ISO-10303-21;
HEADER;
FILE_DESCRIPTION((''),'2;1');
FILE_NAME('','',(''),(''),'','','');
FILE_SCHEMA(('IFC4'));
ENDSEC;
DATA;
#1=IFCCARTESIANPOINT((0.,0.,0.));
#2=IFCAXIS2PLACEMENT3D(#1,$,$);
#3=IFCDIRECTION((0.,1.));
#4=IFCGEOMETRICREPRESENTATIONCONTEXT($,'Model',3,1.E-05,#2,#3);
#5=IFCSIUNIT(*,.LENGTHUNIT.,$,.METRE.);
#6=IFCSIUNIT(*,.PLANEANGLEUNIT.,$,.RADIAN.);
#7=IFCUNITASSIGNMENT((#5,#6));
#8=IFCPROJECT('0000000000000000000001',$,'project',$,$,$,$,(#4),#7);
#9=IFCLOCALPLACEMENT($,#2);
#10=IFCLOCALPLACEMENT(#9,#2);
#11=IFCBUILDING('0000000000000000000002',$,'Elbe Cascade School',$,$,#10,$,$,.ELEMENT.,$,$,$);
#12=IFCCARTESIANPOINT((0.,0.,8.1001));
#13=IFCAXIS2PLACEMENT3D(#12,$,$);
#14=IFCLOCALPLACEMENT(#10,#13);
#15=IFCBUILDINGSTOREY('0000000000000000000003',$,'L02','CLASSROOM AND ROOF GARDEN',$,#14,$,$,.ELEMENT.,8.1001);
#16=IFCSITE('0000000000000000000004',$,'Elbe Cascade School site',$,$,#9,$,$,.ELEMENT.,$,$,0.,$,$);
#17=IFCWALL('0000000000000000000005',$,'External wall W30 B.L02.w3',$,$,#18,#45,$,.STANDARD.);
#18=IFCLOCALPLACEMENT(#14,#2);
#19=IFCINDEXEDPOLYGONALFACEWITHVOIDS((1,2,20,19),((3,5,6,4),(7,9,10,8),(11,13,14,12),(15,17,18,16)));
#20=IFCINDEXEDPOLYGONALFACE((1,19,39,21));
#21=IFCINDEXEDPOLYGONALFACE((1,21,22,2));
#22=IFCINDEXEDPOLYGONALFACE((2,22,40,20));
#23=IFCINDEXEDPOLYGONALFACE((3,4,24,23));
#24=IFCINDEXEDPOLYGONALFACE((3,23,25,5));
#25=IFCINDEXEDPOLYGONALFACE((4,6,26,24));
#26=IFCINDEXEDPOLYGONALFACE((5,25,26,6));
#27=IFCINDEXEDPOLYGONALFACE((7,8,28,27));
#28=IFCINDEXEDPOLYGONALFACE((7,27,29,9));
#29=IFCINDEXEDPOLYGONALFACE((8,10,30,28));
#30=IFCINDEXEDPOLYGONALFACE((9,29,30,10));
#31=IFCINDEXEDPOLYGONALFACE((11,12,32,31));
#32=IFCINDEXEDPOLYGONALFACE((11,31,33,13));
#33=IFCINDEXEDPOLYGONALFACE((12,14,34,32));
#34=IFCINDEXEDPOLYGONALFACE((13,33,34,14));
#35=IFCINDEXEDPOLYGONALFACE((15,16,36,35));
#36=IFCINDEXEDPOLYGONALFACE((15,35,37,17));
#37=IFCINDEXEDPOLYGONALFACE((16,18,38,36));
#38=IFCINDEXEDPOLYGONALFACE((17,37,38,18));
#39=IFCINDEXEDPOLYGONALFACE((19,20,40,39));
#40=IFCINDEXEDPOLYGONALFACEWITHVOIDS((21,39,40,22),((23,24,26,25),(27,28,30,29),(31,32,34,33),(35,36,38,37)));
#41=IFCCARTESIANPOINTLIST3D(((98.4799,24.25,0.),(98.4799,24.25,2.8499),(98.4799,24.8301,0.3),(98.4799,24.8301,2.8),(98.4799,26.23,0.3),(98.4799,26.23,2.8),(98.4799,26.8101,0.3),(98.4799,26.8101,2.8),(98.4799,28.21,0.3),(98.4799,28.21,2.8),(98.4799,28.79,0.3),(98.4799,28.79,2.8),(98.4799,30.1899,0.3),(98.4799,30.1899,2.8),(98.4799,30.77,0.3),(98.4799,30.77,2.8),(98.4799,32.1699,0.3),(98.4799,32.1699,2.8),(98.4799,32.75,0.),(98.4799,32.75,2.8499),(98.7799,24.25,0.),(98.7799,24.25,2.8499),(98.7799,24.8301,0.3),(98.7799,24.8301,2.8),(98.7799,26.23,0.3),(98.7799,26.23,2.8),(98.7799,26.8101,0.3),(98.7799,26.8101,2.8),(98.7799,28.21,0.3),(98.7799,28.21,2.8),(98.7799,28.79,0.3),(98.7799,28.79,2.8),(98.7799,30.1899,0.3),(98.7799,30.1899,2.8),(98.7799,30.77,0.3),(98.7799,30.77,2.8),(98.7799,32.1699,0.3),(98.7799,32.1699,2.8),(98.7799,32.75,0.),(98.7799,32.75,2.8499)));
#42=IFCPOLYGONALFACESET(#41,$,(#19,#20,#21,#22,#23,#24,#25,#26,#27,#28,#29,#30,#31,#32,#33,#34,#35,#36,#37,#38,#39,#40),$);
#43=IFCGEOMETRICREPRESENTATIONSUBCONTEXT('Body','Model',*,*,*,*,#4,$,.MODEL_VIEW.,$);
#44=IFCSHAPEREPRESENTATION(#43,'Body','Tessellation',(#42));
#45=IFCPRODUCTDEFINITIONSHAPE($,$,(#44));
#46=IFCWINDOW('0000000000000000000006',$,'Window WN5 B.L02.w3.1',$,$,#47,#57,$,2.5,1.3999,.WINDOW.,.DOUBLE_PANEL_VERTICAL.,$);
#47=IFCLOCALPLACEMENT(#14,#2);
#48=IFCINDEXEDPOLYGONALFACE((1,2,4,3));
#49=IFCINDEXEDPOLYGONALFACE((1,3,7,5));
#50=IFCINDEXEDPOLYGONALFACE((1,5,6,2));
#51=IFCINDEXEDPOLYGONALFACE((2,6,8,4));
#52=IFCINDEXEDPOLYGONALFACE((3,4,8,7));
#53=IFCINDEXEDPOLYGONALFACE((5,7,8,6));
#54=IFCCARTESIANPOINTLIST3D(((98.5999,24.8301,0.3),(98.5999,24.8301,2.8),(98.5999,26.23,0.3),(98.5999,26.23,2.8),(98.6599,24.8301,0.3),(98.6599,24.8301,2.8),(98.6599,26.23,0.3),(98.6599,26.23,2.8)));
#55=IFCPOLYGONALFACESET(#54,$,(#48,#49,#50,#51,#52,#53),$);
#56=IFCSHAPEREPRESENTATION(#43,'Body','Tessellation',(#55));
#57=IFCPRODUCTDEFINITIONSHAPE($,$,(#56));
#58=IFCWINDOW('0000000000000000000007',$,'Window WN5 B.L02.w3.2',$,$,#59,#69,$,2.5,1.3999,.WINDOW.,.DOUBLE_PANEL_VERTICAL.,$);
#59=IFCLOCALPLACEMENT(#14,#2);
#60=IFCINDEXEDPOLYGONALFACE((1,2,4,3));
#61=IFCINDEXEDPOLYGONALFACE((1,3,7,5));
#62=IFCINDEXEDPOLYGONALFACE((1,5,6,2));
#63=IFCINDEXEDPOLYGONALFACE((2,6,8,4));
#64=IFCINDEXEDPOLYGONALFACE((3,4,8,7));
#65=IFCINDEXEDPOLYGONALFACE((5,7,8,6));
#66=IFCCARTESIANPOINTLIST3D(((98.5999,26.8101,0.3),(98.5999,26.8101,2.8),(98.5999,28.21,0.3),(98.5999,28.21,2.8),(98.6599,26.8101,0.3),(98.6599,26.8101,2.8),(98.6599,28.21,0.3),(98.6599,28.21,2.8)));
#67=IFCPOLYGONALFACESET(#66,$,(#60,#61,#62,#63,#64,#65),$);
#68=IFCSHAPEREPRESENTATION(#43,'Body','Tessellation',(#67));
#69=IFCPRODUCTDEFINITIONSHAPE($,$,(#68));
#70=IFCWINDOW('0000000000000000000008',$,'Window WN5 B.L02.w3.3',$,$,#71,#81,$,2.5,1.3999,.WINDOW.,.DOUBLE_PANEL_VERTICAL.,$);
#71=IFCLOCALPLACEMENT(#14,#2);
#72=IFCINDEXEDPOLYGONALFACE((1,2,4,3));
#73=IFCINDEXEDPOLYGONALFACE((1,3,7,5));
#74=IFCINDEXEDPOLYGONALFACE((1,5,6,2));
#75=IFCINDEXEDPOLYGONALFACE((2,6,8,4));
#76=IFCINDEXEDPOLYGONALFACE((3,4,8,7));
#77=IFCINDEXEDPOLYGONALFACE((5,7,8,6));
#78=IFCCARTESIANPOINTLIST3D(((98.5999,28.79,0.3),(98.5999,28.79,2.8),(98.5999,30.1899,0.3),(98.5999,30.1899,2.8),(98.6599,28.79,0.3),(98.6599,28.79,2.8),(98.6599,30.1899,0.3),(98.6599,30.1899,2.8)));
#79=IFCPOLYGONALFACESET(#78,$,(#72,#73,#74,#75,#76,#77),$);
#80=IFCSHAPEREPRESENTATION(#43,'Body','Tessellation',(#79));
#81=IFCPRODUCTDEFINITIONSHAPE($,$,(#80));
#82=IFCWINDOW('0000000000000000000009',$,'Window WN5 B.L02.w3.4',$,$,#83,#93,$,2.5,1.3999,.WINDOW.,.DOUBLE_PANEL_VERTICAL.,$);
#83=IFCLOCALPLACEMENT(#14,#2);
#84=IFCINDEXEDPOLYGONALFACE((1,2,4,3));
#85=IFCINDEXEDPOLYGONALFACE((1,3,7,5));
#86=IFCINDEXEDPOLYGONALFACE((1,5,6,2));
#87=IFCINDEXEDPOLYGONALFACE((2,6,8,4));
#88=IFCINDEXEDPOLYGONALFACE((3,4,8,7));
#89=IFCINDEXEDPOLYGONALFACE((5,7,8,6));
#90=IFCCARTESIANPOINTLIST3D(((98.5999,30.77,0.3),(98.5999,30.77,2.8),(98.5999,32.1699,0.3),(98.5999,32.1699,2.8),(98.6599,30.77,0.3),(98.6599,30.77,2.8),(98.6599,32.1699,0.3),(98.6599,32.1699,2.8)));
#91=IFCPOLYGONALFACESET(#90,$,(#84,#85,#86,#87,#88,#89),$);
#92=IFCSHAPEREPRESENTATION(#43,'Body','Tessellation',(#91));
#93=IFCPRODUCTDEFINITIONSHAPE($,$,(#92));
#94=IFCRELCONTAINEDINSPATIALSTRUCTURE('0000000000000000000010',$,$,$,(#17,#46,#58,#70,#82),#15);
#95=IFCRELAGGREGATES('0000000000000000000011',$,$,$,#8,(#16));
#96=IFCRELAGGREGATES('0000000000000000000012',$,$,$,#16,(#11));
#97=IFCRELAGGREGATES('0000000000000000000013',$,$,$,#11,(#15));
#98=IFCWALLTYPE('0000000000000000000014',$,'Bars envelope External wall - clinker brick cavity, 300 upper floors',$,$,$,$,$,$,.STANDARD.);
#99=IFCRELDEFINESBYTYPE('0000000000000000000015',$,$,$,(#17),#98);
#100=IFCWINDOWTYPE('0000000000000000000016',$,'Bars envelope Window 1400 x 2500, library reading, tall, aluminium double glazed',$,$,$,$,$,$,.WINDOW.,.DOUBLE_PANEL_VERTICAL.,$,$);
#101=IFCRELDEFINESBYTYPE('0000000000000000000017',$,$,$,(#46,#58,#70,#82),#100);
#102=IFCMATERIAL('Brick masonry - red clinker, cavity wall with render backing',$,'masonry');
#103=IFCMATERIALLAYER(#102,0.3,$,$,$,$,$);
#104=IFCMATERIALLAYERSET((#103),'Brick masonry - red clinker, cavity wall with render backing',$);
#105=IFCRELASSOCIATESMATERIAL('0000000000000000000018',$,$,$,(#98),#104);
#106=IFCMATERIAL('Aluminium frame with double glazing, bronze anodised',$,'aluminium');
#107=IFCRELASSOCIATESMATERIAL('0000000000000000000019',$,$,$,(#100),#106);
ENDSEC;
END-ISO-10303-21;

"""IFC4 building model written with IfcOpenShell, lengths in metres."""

from ifc_helpers import new_model, si_unit, direction, frame, frame_2d, origin, place, context, subcontext, project, spatial, rectangle, extrude, material, layer, layer_set, type_object, element, fill, save


model = new_model("IFC4")

# Units and contexts
model_context = context("Model", 3, precision=1e-05, world=origin(), true_north=direction((0.0, 1.0)))
body_context = subcontext(model_context, "Body", "Model", "MODEL_VIEW")
ifc_project = project(units=[si_unit("LENGTHUNIT", "METRE"), si_unit("PLANEANGLEUNIT", "RADIAN")], contexts=[model_context])

# Site, building, storey
site_placement = place(None, origin())
site = spatial("IfcSite", under=ifc_project, at=site_placement, Name="Elbe Cascade School site", CompositionType="ELEMENT", RefElevation=0.0)
building_placement = place(site_placement, origin())
building = spatial("IfcBuilding", under=site, at=building_placement, Name="Elbe Cascade School", CompositionType="ELEMENT")
storey_placement = place(building_placement, frame((0.0, 0.0, 8.1001)))
storey = spatial("IfcBuildingStorey", under=building, at=storey_placement, Name="L02", Description="CLASSROOM AND ROOF GARDEN", CompositionType="ELEMENT", Elevation=8.1001)

# Wall, openings, windows
ifc_material_1 = material(Name="Brick masonry - red clinker, cavity wall with render backing", Category="masonry")
ifc_layer_1 = layer(ifc_material_1, 0.3)
ifc_layer_set_1 = layer_set([ifc_layer_1], Name="Brick masonry - red clinker, cavity wall with render backing")
wall_type_1 = type_object("IfcWallType", Name="Bars envelope External wall - clinker brick cavity, 300 upper floors", PredefinedType="STANDARD", material=ifc_layer_set_1)
wall_1_placement = place(storey_placement, frame((98.6299, 24.25, 0.0), z_axis=(0.0, 0.0, 1.0), x_axis=(0.0, 1.0, 0.0)))
wall_1 = element("IfcWall", 1, at=wall_1_placement, inside=storey, type_object=wall_type_1, Name="External wall W30 B.L02.w3", PredefinedType="STANDARD", context=body_context, shape_type="SweptSolid", body=[
    extrude(rectangle(XDim=8.5, YDim=0.3, at=frame_2d((4.25, 0.0))), origin(), (0.0, 0.0, 1.0), 2.8499),
])
opening_1_placement = place(wall_1_placement, frame((0.5801, 0.0, 0.3)))
opening_1 = element("IfcOpeningElement", 2, at=opening_1_placement, cuts=wall_1, PredefinedType="OPENING", context=body_context, shape_type="SweptSolid", body=[
    extrude(rectangle(XDim=1.3999, YDim=2.5, at=frame_2d((0.7, 1.25))), frame((0.0, 0.1599, 0.0), z_axis=(0.0, -1.0, 0.0), x_axis=(1.0, 0.0, 0.0)), (0.0, 0.0, 1.0), 0.3201),
])
opening_2_placement = place(wall_1_placement, frame((2.5601, 0.0, 0.3)))
opening_2 = element("IfcOpeningElement", 3, at=opening_2_placement, cuts=wall_1, PredefinedType="OPENING", context=body_context, shape_type="SweptSolid", body=[
    extrude(rectangle(XDim=1.3999, YDim=2.5, at=frame_2d((0.7, 1.25))), frame((0.0, 0.1599, 0.0), z_axis=(0.0, -1.0, 0.0), x_axis=(1.0, 0.0, 0.0)), (0.0, 0.0, 1.0), 0.3201),
])
opening_3_placement = place(wall_1_placement, frame((4.54, 0.0, 0.3)))
opening_3 = element("IfcOpeningElement", 4, at=opening_3_placement, cuts=wall_1, PredefinedType="OPENING", context=body_context, shape_type="SweptSolid", body=[
    extrude(rectangle(XDim=1.3999, YDim=2.5, at=frame_2d((0.7, 1.25))), frame((0.0, 0.1599, 0.0), z_axis=(0.0, -1.0, 0.0), x_axis=(1.0, 0.0, 0.0)), (0.0, 0.0, 1.0), 0.3201),
])
opening_4_placement = place(wall_1_placement, frame((6.52, 0.0, 0.3)))
opening_4 = element("IfcOpeningElement", 5, at=opening_4_placement, cuts=wall_1, PredefinedType="OPENING", context=body_context, shape_type="SweptSolid", body=[
    extrude(rectangle(XDim=1.3999, YDim=2.5, at=frame_2d((0.7, 1.25))), frame((0.0, 0.1599, 0.0), z_axis=(0.0, -1.0, 0.0), x_axis=(1.0, 0.0, 0.0)), (0.0, 0.0, 1.0), 0.3201),
])
ifc_material_2 = material(Name="Aluminium frame with double glazing, bronze anodised", Category="aluminium")
window_type_1 = type_object("IfcWindowType", Name="Bars envelope Window 1400 x 2500, library reading, tall, aluminium double glazed", PartitioningType="DOUBLE_PANEL_VERTICAL", PredefinedType="WINDOW", material=ifc_material_2)
window_1_placement = place(opening_1_placement, origin())
window_1 = element("IfcWindow", 6, at=window_1_placement, inside=storey, type_object=window_type_1, Name="Window WN5 B.L02.w3.1", OverallHeight=2.5, OverallWidth=1.3999, PartitioningType="DOUBLE_PANEL_VERTICAL", PredefinedType="WINDOW", context=body_context, shape_type="SweptSolid", body=[
    extrude(rectangle(XDim=1.3999, YDim=2.5, at=frame_2d((0.7, 1.25))), frame((0.0, 0.03, 0.0), z_axis=(0.0, -1.0, 0.0), x_axis=(1.0, 0.0, 0.0)), (0.0, 0.0, 1.0), 0.0601),
])
fill(opening_1, window_1)
window_2_placement = place(opening_2_placement, origin())
window_2 = element("IfcWindow", 7, at=window_2_placement, inside=storey, type_object=window_type_1, Name="Window WN5 B.L02.w3.2", OverallHeight=2.5, OverallWidth=1.3999, PartitioningType="DOUBLE_PANEL_VERTICAL", PredefinedType="WINDOW", context=body_context, shape_type="SweptSolid", body=[
    extrude(rectangle(XDim=1.3999, YDim=2.5, at=frame_2d((0.7, 1.25))), frame((0.0, 0.03, 0.0), z_axis=(0.0, -1.0, 0.0), x_axis=(1.0, 0.0, 0.0)), (0.0, 0.0, 1.0), 0.0601),
])
fill(opening_2, window_2)
window_3_placement = place(opening_3_placement, origin())
window_3 = element("IfcWindow", 8, at=window_3_placement, inside=storey, type_object=window_type_1, Name="Window WN5 B.L02.w3.3", OverallHeight=2.5, OverallWidth=1.3999, PartitioningType="DOUBLE_PANEL_VERTICAL", PredefinedType="WINDOW", context=body_context, shape_type="SweptSolid", body=[
    extrude(rectangle(XDim=1.3999, YDim=2.5, at=frame_2d((0.7, 1.25))), frame((0.0, 0.03, 0.0), z_axis=(0.0, -1.0, 0.0), x_axis=(1.0, 0.0, 0.0)), (0.0, 0.0, 1.0), 0.0601),
])
fill(opening_3, window_3)
window_4_placement = place(opening_4_placement, origin())
window_4 = element("IfcWindow", 9, at=window_4_placement, inside=storey, type_object=window_type_1, Name="Window WN5 B.L02.w3.4", OverallHeight=2.5, OverallWidth=1.3999, PartitioningType="DOUBLE_PANEL_VERTICAL", PredefinedType="WINDOW", context=body_context, shape_type="SweptSolid", body=[
    extrude(rectangle(XDim=1.3999, YDim=2.5, at=frame_2d((0.7, 1.25))), frame((0.0, 0.03, 0.0), z_axis=(0.0, -1.0, 0.0), x_axis=(1.0, 0.0, 0.0)), (0.0, 0.0, 1.0), 0.0601),
])
fill(opening_4, window_4)

save(model, "model.ifc")
